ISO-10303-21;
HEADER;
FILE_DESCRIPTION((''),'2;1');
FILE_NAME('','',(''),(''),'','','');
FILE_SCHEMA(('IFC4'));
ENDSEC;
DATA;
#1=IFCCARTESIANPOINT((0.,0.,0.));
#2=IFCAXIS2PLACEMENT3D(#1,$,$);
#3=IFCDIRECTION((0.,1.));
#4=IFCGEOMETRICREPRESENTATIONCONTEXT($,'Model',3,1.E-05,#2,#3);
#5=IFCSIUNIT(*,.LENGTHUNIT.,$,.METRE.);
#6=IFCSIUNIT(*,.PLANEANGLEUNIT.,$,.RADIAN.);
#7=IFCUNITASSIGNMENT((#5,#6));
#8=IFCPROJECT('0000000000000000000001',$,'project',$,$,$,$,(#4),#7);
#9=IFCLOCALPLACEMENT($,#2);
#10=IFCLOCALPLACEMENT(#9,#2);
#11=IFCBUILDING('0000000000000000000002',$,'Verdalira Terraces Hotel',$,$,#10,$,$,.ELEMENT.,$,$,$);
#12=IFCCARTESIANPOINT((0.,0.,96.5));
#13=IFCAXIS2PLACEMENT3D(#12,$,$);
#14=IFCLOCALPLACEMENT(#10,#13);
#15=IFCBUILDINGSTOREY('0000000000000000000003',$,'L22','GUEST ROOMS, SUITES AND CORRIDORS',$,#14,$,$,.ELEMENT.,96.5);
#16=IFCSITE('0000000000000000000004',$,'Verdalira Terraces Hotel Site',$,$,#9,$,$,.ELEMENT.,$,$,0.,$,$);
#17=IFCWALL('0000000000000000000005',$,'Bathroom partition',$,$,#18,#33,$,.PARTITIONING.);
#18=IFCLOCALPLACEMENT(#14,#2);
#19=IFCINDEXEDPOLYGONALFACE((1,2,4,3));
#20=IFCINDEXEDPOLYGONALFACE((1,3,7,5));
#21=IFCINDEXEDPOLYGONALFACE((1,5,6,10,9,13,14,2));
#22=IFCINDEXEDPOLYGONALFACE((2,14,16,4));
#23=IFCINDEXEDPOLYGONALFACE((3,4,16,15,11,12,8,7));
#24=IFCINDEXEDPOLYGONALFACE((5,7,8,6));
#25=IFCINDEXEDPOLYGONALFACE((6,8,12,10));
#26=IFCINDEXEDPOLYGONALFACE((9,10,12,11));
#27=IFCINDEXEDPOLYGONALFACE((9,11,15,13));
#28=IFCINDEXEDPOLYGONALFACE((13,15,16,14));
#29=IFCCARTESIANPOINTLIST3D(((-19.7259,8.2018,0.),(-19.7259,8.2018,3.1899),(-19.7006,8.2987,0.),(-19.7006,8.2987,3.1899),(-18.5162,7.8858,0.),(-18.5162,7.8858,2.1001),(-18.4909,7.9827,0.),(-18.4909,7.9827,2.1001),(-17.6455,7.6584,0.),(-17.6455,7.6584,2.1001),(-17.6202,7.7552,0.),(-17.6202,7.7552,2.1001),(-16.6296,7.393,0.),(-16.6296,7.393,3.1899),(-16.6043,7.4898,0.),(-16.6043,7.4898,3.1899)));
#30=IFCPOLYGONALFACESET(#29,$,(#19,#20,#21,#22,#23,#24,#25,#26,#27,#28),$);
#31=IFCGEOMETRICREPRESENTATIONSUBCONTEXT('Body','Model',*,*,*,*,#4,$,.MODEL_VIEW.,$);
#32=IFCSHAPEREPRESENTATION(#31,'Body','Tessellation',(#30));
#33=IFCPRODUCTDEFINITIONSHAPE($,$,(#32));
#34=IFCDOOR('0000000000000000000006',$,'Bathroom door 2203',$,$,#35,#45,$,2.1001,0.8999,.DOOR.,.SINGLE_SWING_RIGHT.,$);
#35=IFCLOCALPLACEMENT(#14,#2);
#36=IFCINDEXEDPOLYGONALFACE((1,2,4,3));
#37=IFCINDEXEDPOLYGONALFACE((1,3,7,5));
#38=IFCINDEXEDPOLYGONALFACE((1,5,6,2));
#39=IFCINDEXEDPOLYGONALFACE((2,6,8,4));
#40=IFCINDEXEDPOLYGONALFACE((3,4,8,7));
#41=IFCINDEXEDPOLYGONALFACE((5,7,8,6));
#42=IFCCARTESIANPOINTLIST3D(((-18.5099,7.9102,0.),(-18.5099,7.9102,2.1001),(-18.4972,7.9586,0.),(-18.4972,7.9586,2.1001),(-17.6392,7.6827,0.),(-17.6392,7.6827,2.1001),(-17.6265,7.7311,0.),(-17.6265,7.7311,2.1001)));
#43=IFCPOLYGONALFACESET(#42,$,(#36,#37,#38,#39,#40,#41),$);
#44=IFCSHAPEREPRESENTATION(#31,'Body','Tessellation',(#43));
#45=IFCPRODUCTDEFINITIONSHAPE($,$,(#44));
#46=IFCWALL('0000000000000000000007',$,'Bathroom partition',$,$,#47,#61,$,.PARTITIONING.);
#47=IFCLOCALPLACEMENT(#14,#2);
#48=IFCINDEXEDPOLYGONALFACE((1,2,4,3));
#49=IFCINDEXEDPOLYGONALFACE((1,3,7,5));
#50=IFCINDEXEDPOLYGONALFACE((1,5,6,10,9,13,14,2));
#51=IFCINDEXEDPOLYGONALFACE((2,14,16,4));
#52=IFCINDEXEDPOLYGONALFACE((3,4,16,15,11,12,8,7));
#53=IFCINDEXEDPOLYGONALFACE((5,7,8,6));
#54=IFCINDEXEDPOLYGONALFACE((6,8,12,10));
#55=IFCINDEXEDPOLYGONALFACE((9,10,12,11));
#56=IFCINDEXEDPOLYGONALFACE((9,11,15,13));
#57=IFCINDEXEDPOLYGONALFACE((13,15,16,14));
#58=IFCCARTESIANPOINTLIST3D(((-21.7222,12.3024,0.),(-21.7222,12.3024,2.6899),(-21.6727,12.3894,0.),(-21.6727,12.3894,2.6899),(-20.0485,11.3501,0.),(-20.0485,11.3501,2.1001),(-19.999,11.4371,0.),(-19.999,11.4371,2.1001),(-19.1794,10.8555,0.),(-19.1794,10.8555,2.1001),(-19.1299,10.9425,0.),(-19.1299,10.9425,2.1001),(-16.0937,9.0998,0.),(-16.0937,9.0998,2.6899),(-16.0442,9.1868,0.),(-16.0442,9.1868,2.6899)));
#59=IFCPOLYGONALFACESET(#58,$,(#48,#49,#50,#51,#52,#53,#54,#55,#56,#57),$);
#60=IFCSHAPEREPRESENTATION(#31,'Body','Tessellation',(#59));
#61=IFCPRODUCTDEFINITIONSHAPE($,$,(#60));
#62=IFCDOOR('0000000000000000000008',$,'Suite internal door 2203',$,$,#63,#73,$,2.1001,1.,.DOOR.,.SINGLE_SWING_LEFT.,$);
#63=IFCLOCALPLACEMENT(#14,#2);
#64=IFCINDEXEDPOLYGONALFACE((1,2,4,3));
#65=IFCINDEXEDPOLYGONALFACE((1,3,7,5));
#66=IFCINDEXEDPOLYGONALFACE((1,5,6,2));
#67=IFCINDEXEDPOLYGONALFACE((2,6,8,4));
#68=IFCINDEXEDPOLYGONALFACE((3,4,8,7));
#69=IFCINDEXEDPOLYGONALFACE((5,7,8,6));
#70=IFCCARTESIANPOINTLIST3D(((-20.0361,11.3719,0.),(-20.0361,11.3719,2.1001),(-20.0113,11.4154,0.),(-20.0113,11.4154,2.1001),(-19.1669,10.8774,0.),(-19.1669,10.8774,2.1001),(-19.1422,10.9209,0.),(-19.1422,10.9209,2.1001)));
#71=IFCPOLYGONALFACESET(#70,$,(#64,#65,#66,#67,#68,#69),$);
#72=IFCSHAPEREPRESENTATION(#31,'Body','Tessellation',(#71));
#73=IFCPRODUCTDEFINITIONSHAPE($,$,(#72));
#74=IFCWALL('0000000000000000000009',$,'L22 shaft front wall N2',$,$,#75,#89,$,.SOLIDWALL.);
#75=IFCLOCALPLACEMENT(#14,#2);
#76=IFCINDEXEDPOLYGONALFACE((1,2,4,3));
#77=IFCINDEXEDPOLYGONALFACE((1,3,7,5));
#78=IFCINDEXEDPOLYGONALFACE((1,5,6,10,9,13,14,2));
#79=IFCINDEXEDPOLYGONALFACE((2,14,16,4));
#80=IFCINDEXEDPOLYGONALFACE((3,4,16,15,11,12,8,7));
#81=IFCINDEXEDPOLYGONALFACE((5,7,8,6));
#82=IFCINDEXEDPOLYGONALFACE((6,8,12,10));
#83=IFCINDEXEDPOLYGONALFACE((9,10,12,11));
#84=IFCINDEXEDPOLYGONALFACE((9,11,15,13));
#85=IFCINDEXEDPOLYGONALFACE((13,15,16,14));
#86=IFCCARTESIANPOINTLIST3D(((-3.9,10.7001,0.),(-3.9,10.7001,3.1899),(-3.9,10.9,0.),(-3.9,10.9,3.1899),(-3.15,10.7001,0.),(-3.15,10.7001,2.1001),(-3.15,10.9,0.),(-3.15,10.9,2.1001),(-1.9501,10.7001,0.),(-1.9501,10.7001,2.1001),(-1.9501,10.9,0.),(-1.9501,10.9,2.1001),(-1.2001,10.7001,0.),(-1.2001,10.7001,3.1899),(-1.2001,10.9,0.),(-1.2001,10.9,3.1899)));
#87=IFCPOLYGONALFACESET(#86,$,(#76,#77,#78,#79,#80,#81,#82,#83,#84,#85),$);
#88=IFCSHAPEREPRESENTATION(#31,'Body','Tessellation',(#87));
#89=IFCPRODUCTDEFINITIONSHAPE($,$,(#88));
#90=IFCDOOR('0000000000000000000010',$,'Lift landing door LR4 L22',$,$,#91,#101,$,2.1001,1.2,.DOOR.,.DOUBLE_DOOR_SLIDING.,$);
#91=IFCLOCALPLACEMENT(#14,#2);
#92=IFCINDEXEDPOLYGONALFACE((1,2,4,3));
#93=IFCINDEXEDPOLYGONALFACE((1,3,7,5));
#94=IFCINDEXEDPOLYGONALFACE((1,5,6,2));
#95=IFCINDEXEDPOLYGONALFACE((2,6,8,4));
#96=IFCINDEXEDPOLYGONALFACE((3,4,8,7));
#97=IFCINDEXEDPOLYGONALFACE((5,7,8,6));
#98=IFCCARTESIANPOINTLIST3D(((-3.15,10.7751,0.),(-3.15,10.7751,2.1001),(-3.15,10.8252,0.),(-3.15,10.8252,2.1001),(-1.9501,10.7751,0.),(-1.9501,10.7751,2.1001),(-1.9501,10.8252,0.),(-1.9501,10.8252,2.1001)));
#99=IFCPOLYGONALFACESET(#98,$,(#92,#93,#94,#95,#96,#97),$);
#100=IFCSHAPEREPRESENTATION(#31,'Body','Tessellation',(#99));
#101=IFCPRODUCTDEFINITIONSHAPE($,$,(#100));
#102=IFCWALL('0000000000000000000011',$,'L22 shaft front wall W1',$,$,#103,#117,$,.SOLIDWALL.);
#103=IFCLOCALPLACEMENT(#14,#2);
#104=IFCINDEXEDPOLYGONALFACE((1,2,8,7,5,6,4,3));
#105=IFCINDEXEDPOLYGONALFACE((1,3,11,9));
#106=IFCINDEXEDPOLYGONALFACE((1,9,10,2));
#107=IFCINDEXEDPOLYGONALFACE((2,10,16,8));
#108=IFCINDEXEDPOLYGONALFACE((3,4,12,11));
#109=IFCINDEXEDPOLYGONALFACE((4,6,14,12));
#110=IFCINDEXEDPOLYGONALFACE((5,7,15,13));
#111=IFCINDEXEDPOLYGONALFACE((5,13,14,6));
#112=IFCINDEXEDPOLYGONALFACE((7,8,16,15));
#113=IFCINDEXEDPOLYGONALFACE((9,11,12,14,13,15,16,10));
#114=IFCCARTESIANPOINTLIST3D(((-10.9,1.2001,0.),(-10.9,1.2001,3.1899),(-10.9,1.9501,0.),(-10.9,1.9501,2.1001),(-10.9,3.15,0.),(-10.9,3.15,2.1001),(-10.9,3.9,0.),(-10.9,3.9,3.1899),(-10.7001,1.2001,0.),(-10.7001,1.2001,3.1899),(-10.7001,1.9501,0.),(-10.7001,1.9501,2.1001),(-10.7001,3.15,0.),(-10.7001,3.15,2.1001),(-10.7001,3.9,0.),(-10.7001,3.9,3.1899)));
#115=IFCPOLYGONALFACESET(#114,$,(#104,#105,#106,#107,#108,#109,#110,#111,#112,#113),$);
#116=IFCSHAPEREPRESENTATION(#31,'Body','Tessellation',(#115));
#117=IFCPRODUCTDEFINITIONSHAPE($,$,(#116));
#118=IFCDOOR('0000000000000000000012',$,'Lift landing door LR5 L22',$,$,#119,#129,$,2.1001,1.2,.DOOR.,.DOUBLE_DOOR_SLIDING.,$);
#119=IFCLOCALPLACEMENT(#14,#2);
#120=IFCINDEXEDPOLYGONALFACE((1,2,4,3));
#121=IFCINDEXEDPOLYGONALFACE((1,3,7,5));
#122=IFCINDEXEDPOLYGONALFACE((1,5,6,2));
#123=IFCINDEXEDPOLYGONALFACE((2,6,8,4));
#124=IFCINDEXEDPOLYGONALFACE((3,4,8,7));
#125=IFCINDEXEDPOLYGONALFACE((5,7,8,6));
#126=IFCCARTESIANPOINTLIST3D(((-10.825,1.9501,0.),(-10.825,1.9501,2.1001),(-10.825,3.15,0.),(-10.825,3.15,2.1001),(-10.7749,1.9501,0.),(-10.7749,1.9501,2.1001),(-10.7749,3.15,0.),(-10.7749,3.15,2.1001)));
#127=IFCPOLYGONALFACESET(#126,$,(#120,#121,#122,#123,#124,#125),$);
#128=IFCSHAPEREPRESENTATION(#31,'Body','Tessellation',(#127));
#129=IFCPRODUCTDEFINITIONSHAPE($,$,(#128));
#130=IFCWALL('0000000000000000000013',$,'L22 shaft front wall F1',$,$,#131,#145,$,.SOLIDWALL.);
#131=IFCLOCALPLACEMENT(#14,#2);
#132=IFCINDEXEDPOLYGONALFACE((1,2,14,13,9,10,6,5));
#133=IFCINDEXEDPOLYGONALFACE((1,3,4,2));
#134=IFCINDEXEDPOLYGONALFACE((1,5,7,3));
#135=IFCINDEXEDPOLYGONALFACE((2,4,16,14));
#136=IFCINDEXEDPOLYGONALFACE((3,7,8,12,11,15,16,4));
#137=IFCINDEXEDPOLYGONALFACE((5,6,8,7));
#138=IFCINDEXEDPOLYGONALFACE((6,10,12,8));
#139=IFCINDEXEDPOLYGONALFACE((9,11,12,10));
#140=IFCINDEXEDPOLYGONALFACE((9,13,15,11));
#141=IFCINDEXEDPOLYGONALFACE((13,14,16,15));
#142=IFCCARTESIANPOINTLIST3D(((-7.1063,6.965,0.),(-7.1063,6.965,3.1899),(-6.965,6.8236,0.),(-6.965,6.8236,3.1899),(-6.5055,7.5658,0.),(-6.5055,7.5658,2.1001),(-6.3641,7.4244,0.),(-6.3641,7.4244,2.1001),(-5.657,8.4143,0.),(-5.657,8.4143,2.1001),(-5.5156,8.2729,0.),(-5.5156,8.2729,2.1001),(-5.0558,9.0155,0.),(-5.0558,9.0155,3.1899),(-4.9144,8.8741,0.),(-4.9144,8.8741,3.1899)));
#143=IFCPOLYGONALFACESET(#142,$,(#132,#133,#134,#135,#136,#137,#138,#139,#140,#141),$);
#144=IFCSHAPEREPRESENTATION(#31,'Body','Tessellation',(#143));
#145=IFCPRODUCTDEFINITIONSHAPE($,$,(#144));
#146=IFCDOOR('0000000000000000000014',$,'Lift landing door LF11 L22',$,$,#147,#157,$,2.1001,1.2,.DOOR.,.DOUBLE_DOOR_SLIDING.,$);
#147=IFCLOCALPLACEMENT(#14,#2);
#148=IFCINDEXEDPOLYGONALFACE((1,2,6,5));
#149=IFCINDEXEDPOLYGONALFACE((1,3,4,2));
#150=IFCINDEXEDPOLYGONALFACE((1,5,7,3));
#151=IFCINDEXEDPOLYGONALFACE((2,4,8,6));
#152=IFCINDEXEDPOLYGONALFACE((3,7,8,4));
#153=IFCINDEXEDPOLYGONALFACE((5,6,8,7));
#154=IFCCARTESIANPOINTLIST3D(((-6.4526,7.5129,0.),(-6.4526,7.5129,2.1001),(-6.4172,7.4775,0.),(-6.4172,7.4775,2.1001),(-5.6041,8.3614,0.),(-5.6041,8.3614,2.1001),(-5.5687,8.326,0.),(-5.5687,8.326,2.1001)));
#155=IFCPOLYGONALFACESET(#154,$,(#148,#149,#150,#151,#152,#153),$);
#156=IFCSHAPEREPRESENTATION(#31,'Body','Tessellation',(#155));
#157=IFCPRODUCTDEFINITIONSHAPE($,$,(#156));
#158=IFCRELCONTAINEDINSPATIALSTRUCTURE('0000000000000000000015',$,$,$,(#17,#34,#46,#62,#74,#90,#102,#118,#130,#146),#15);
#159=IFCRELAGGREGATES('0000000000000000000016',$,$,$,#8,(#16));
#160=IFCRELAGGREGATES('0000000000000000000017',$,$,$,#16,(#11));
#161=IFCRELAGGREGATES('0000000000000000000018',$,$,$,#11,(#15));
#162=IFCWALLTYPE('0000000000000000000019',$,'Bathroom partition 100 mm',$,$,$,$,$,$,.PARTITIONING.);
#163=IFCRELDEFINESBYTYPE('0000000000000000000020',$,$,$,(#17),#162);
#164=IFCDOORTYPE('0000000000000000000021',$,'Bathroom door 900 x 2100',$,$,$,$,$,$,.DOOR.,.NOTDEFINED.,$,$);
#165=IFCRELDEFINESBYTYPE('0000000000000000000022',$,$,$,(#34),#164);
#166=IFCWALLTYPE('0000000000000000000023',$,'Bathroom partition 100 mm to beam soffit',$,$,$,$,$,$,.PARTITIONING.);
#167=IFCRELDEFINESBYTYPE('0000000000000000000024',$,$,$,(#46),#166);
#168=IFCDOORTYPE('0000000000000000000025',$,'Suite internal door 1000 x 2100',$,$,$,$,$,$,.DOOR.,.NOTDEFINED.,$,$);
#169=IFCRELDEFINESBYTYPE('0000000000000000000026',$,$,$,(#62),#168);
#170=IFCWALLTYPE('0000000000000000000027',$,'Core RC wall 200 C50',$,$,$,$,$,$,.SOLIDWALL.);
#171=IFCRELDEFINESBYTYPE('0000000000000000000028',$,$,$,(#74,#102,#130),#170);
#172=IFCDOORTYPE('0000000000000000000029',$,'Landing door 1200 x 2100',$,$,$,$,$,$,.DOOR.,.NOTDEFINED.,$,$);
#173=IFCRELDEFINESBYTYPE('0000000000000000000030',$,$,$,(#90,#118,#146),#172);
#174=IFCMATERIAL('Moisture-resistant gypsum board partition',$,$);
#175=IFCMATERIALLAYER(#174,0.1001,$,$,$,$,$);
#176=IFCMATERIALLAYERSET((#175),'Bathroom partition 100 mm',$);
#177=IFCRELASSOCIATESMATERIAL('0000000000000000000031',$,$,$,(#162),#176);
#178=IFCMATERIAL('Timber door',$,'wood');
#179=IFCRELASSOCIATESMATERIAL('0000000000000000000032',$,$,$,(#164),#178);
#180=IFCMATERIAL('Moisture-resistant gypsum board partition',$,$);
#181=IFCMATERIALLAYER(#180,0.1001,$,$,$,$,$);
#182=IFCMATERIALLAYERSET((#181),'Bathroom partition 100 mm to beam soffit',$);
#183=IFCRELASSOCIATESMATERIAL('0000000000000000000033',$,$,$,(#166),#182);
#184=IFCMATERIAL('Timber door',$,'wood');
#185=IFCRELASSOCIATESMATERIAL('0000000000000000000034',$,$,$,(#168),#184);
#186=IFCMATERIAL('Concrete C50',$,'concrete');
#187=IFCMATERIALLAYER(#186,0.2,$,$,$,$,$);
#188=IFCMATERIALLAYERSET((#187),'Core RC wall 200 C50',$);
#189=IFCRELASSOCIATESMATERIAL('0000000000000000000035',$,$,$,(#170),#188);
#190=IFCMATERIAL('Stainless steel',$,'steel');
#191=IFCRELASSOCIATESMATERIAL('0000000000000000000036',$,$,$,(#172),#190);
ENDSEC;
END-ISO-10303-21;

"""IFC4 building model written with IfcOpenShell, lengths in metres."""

from ifc_helpers import new_model, si_unit, direction, frame, frame_2d, origin, place, context, subcontext, project, spatial, rectangle, extrude, material, layer, layer_set, type_object, element, fill, save


model = new_model("IFC4")

# Units and contexts
model_context = context("Model", 3, precision=1e-05, world=origin(), true_north=direction((0.0, 1.0)))
body_context = subcontext(model_context, "Body", "Model", "MODEL_VIEW")
ifc_project = project(units=[si_unit("LENGTHUNIT", "METRE"), si_unit("PLANEANGLEUNIT", "RADIAN")], contexts=[model_context])

# Site, building, storey
site_placement = place(None, origin())
site = spatial("IfcSite", under=ifc_project, at=site_placement, Name="Verdalira Terraces Hotel Site", CompositionType="ELEMENT", RefElevation=0.0)
building_placement = place(site_placement, origin())
building = spatial("IfcBuilding", under=site, at=building_placement, Name="Verdalira Terraces Hotel", CompositionType="ELEMENT")
storey_placement = place(building_placement, frame((0.0, 0.0, 96.5)))
storey = spatial("IfcBuildingStorey", under=building, at=storey_placement, Name="L22", Description="GUEST ROOMS, SUITES AND CORRIDORS", CompositionType="ELEMENT", Elevation=96.5)

# Walls, openings, doors
ifc_material_1 = material(Name="Moisture-resistant gypsum board partition")
ifc_layer_1 = layer(ifc_material_1, 0.1001)
ifc_layer_set_1 = layer_set([ifc_layer_1], Name="Bathroom partition 100 mm")
wall_type_1 = type_object("IfcWallType", Name="Bathroom partition 100 mm", PredefinedType="PARTITIONING", material=ifc_layer_set_1)
wall_1_placement = place(storey_placement, frame((-16.6169, 7.4414, 0.0), z_axis=(0.0, 0.0, 1.0), x_axis=(-0.967531, 0.252754, 0.0)))
wall_1 = element("IfcWall", 1, at=wall_1_placement, inside=storey, type_object=wall_type_1, Name="Bathroom partition", PredefinedType="PARTITIONING", context=body_context, shape_type="SweptSolid", body=[
    extrude(rectangle(XDim=3.2002, YDim=0.1001, at=frame_2d((1.6001, 0.0))), origin(), (0.0, 0.0, 1.0), 3.1899),
])
opening_1_placement = place(wall_1_placement, frame((1.05, 0.0, 0.0)))
opening_1 = element("IfcOpeningElement", 2, at=opening_1_placement, cuts=wall_1, PredefinedType="OPENING", context=body_context, shape_type="SweptSolid", body=[
    extrude(rectangle(XDim=0.8999, YDim=2.1001, at=frame_2d((0.45, 1.05))), frame((0.0, 0.0601, 0.0), z_axis=(0.0, -1.0, 0.0), x_axis=(1.0, 0.0, 0.0)), (0.0, 0.0, 1.0), 0.1201),
])
ifc_material_2 = material(Name="Timber door", Category="wood")
door_type_1 = type_object("IfcDoorType", Name="Bathroom door 900 x 2100", OperationType="NOTDEFINED", PredefinedType="DOOR", material=ifc_material_2)
door_1_placement = place(opening_1_placement, origin())
door_1 = element("IfcDoor", 3, at=door_1_placement, inside=storey, type_object=door_type_1, Name="Bathroom door 2203", OperationType="SINGLE_SWING_RIGHT", OverallHeight=2.1001, OverallWidth=0.8999, PredefinedType="DOOR", context=body_context, shape_type="SweptSolid", body=[
    extrude(rectangle(XDim=0.8999, YDim=2.1001, at=frame_2d((0.45, 1.05))), frame((0.0, 0.0249, 0.0), z_axis=(0.0, -1.0, 0.0), x_axis=(1.0, 0.0, 0.0)), (0.0, 0.0, 1.0), 0.05),
])
fill(opening_1, door_1)
ifc_material_3 = material(Name="Moisture-resistant gypsum board partition")
ifc_layer_2 = layer(ifc_material_3, 0.1001)
ifc_layer_set_2 = layer_set([ifc_layer_2], Name="Bathroom partition 100 mm to beam soffit")
wall_type_2 = type_object("IfcWallType", Name="Bathroom partition 100 mm to beam soffit", PredefinedType="PARTITIONING", material=ifc_layer_set_2)
wall_2_placement = place(storey_placement, frame((-16.0691, 9.1433, 0.0), z_axis=(0.0, 0.0, 1.0), x_axis=(-0.869147, 0.494555, 0.0)))
wall_2 = element("IfcWall", 4, at=wall_2_placement, inside=storey, type_object=wall_type_2, Name="Bathroom partition", PredefinedType="PARTITIONING", context=body_context, shape_type="SweptSolid", body=[
    extrude(rectangle(XDim=6.4758, YDim=0.1001, at=frame_2d((3.2378, 0.0))), origin(), (0.0, 0.0, 1.0), 2.6899),
])
opening_2_placement = place(wall_2_placement, frame((3.55, 0.0, 0.0)))
opening_2 = element("IfcOpeningElement", 5, at=opening_2_placement, cuts=wall_2, PredefinedType="OPENING", context=body_context, shape_type="SweptSolid", body=[
    extrude(rectangle(XDim=1.0, YDim=2.1001, at=frame_2d((0.5, 1.05))), frame((0.0, 0.0601, 0.0), z_axis=(0.0, -1.0, 0.0), x_axis=(1.0, 0.0, 0.0)), (0.0, 0.0, 1.0), 0.1201),
])
ifc_material_4 = material(Name="Timber door", Category="wood")
door_type_2 = type_object("IfcDoorType", Name="Suite internal door 1000 x 2100", OperationType="NOTDEFINED", PredefinedType="DOOR", material=ifc_material_4)
door_2_placement = place(opening_2_placement, origin())
door_2 = element("IfcDoor", 6, at=door_2_placement, inside=storey, type_object=door_type_2, Name="Suite internal door 2203", OperationType="SINGLE_SWING_LEFT", OverallHeight=2.1001, OverallWidth=1.0, PredefinedType="DOOR", context=body_context, shape_type="SweptSolid", body=[
    extrude(rectangle(XDim=1.0, YDim=2.1001, at=frame_2d((0.5, 1.05))), frame((0.0, 0.0249, 0.0), z_axis=(0.0, -1.0, 0.0), x_axis=(1.0, 0.0, 0.0)), (0.0, 0.0, 1.0), 0.05),
])
fill(opening_2, door_2)
ifc_material_5 = material(Name="Concrete C50", Category="concrete")
ifc_layer_3 = layer(ifc_material_5, 0.2)
ifc_layer_set_3 = layer_set([ifc_layer_3], Name="Core RC wall 200 C50")
wall_type_3 = type_object("IfcWallType", Name="Core RC wall 200 C50", PredefinedType="SOLIDWALL", material=ifc_layer_set_3)
wall_3_placement = place(storey_placement, frame((-1.2, 10.8, 0.0), z_axis=(0.0, 0.0, 1.0), x_axis=(-1.0, 0.0, 0.0)))
wall_3 = element("IfcWall", 7, at=wall_3_placement, inside=storey, type_object=wall_type_3, Name="L22 shaft front wall N2", PredefinedType="SOLIDWALL", context=body_context, shape_type="SweptSolid", body=[
    extrude(rectangle(XDim=2.7, YDim=0.2, at=frame_2d((1.3501, 0.0))), origin(), (0.0, 0.0, 1.0), 3.1899),
])
opening_3_placement = place(wall_3_placement, frame((0.75, 0.0, 0.0)))
opening_3 = element("IfcOpeningElement", 8, at=opening_3_placement, cuts=wall_3, PredefinedType="OPENING", context=body_context, shape_type="SweptSolid", body=[
    extrude(rectangle(XDim=1.2, YDim=2.1001, at=frame_2d((0.6001, 1.05))), frame((0.0, 0.1099, 0.0), z_axis=(0.0, -1.0, 0.0), x_axis=(1.0, 0.0, 0.0)), (0.0, 0.0, 1.0), 0.22),
])
ifc_material_6 = material(Name="Stainless steel", Category="steel")
door_type_3 = type_object("IfcDoorType", Name="Landing door 1200 x 2100", OperationType="NOTDEFINED", PredefinedType="DOOR", material=ifc_material_6)
door_3_placement = place(opening_3_placement, origin())
door_3 = element("IfcDoor", 9, at=door_3_placement, inside=storey, type_object=door_type_3, Name="Lift landing door LR4 L22", OperationType="DOUBLE_DOOR_SLIDING", OverallHeight=2.1001, OverallWidth=1.2, PredefinedType="DOOR", context=body_context, shape_type="SweptSolid", body=[
    extrude(rectangle(XDim=1.2, YDim=2.1001, at=frame_2d((0.6001, 1.05))), frame((0.0, 0.0249, 0.0), z_axis=(0.0, -1.0, 0.0), x_axis=(1.0, 0.0, 0.0)), (0.0, 0.0, 1.0), 0.05),
])
fill(opening_3, door_3)
wall_4_placement = place(storey_placement, frame((-10.8, 1.2, 0.0), z_axis=(0.0, 0.0, 1.0), x_axis=(0.0, 1.0, 0.0)))
wall_4 = element("IfcWall", 10, at=wall_4_placement, inside=storey, type_object=wall_type_3, Name="L22 shaft front wall W1", PredefinedType="SOLIDWALL", context=body_context, shape_type="SweptSolid", body=[
    extrude(rectangle(XDim=2.7, YDim=0.2, at=frame_2d((1.3501, 0.0))), origin(), (0.0, 0.0, 1.0), 3.1899),
])
opening_4_placement = place(wall_4_placement, frame((0.75, 0.0, 0.0)))
opening_4 = element("IfcOpeningElement", 11, at=opening_4_placement, cuts=wall_4, PredefinedType="OPENING", context=body_context, shape_type="SweptSolid", body=[
    extrude(rectangle(XDim=1.2, YDim=2.1001, at=frame_2d((0.6001, 1.05))), frame((0.0, 0.1099, 0.0), z_axis=(0.0, -1.0, 0.0), x_axis=(1.0, 0.0, 0.0)), (0.0, 0.0, 1.0), 0.22),
])
door_4_placement = place(opening_4_placement, origin())
door_4 = element("IfcDoor", 12, at=door_4_placement, inside=storey, type_object=door_type_3, Name="Lift landing door LR5 L22", OperationType="DOUBLE_DOOR_SLIDING", OverallHeight=2.1001, OverallWidth=1.2, PredefinedType="DOOR", context=body_context, shape_type="SweptSolid", body=[
    extrude(rectangle(XDim=1.2, YDim=2.1001, at=frame_2d((0.6001, 1.05))), frame((0.0, 0.0249, 0.0), z_axis=(0.0, -1.0, 0.0), x_axis=(1.0, 0.0, 0.0)), (0.0, 0.0, 1.0), 0.05),
])
fill(opening_4, door_4)
wall_5_placement = place(storey_placement, frame((-4.9851, 8.9448, 0.0), z_axis=(0.0, 0.0, 1.0), x_axis=(-0.707107, -0.707107, 0.0)))
wall_5 = element("IfcWall", 13, at=wall_5_placement, inside=storey, type_object=wall_type_3, Name="L22 shaft front wall F1", PredefinedType="SOLIDWALL", context=body_context, shape_type="SweptSolid", body=[
    extrude(rectangle(XDim=2.8999, YDim=0.2, at=frame_2d((1.45, 0.0))), origin(), (0.0, 0.0, 1.0), 3.1899),
])
opening_5_placement = place(wall_5_placement, frame((0.8501, 0.0, 0.0)))
opening_5 = element("IfcOpeningElement", 14, at=opening_5_placement, cuts=wall_5, PredefinedType="OPENING", context=body_context, shape_type="SweptSolid", body=[
    extrude(rectangle(XDim=1.2, YDim=2.1001, at=frame_2d((0.6001, 1.05))), frame((0.0, 0.1099, 0.0), z_axis=(0.0, -1.0, 0.0), x_axis=(1.0, 0.0, 0.0)), (0.0, 0.0, 1.0), 0.22),
])
door_5_placement = place(opening_5_placement, origin())
door_5 = element("IfcDoor", 15, at=door_5_placement, inside=storey, type_object=door_type_3, Name="Lift landing door LF11 L22", OperationType="DOUBLE_DOOR_SLIDING", OverallHeight=2.1001, OverallWidth=1.2, PredefinedType="DOOR", context=body_context, shape_type="SweptSolid", body=[
    extrude(rectangle(XDim=1.2, YDim=2.1001, at=frame_2d((0.6001, 1.05))), frame((0.0, 0.0249, 0.0), z_axis=(0.0, -1.0, 0.0), x_axis=(1.0, 0.0, 0.0)), (0.0, 0.0, 1.0), 0.05),
])
fill(opening_5, door_5)

save(model, "model.ifc")
